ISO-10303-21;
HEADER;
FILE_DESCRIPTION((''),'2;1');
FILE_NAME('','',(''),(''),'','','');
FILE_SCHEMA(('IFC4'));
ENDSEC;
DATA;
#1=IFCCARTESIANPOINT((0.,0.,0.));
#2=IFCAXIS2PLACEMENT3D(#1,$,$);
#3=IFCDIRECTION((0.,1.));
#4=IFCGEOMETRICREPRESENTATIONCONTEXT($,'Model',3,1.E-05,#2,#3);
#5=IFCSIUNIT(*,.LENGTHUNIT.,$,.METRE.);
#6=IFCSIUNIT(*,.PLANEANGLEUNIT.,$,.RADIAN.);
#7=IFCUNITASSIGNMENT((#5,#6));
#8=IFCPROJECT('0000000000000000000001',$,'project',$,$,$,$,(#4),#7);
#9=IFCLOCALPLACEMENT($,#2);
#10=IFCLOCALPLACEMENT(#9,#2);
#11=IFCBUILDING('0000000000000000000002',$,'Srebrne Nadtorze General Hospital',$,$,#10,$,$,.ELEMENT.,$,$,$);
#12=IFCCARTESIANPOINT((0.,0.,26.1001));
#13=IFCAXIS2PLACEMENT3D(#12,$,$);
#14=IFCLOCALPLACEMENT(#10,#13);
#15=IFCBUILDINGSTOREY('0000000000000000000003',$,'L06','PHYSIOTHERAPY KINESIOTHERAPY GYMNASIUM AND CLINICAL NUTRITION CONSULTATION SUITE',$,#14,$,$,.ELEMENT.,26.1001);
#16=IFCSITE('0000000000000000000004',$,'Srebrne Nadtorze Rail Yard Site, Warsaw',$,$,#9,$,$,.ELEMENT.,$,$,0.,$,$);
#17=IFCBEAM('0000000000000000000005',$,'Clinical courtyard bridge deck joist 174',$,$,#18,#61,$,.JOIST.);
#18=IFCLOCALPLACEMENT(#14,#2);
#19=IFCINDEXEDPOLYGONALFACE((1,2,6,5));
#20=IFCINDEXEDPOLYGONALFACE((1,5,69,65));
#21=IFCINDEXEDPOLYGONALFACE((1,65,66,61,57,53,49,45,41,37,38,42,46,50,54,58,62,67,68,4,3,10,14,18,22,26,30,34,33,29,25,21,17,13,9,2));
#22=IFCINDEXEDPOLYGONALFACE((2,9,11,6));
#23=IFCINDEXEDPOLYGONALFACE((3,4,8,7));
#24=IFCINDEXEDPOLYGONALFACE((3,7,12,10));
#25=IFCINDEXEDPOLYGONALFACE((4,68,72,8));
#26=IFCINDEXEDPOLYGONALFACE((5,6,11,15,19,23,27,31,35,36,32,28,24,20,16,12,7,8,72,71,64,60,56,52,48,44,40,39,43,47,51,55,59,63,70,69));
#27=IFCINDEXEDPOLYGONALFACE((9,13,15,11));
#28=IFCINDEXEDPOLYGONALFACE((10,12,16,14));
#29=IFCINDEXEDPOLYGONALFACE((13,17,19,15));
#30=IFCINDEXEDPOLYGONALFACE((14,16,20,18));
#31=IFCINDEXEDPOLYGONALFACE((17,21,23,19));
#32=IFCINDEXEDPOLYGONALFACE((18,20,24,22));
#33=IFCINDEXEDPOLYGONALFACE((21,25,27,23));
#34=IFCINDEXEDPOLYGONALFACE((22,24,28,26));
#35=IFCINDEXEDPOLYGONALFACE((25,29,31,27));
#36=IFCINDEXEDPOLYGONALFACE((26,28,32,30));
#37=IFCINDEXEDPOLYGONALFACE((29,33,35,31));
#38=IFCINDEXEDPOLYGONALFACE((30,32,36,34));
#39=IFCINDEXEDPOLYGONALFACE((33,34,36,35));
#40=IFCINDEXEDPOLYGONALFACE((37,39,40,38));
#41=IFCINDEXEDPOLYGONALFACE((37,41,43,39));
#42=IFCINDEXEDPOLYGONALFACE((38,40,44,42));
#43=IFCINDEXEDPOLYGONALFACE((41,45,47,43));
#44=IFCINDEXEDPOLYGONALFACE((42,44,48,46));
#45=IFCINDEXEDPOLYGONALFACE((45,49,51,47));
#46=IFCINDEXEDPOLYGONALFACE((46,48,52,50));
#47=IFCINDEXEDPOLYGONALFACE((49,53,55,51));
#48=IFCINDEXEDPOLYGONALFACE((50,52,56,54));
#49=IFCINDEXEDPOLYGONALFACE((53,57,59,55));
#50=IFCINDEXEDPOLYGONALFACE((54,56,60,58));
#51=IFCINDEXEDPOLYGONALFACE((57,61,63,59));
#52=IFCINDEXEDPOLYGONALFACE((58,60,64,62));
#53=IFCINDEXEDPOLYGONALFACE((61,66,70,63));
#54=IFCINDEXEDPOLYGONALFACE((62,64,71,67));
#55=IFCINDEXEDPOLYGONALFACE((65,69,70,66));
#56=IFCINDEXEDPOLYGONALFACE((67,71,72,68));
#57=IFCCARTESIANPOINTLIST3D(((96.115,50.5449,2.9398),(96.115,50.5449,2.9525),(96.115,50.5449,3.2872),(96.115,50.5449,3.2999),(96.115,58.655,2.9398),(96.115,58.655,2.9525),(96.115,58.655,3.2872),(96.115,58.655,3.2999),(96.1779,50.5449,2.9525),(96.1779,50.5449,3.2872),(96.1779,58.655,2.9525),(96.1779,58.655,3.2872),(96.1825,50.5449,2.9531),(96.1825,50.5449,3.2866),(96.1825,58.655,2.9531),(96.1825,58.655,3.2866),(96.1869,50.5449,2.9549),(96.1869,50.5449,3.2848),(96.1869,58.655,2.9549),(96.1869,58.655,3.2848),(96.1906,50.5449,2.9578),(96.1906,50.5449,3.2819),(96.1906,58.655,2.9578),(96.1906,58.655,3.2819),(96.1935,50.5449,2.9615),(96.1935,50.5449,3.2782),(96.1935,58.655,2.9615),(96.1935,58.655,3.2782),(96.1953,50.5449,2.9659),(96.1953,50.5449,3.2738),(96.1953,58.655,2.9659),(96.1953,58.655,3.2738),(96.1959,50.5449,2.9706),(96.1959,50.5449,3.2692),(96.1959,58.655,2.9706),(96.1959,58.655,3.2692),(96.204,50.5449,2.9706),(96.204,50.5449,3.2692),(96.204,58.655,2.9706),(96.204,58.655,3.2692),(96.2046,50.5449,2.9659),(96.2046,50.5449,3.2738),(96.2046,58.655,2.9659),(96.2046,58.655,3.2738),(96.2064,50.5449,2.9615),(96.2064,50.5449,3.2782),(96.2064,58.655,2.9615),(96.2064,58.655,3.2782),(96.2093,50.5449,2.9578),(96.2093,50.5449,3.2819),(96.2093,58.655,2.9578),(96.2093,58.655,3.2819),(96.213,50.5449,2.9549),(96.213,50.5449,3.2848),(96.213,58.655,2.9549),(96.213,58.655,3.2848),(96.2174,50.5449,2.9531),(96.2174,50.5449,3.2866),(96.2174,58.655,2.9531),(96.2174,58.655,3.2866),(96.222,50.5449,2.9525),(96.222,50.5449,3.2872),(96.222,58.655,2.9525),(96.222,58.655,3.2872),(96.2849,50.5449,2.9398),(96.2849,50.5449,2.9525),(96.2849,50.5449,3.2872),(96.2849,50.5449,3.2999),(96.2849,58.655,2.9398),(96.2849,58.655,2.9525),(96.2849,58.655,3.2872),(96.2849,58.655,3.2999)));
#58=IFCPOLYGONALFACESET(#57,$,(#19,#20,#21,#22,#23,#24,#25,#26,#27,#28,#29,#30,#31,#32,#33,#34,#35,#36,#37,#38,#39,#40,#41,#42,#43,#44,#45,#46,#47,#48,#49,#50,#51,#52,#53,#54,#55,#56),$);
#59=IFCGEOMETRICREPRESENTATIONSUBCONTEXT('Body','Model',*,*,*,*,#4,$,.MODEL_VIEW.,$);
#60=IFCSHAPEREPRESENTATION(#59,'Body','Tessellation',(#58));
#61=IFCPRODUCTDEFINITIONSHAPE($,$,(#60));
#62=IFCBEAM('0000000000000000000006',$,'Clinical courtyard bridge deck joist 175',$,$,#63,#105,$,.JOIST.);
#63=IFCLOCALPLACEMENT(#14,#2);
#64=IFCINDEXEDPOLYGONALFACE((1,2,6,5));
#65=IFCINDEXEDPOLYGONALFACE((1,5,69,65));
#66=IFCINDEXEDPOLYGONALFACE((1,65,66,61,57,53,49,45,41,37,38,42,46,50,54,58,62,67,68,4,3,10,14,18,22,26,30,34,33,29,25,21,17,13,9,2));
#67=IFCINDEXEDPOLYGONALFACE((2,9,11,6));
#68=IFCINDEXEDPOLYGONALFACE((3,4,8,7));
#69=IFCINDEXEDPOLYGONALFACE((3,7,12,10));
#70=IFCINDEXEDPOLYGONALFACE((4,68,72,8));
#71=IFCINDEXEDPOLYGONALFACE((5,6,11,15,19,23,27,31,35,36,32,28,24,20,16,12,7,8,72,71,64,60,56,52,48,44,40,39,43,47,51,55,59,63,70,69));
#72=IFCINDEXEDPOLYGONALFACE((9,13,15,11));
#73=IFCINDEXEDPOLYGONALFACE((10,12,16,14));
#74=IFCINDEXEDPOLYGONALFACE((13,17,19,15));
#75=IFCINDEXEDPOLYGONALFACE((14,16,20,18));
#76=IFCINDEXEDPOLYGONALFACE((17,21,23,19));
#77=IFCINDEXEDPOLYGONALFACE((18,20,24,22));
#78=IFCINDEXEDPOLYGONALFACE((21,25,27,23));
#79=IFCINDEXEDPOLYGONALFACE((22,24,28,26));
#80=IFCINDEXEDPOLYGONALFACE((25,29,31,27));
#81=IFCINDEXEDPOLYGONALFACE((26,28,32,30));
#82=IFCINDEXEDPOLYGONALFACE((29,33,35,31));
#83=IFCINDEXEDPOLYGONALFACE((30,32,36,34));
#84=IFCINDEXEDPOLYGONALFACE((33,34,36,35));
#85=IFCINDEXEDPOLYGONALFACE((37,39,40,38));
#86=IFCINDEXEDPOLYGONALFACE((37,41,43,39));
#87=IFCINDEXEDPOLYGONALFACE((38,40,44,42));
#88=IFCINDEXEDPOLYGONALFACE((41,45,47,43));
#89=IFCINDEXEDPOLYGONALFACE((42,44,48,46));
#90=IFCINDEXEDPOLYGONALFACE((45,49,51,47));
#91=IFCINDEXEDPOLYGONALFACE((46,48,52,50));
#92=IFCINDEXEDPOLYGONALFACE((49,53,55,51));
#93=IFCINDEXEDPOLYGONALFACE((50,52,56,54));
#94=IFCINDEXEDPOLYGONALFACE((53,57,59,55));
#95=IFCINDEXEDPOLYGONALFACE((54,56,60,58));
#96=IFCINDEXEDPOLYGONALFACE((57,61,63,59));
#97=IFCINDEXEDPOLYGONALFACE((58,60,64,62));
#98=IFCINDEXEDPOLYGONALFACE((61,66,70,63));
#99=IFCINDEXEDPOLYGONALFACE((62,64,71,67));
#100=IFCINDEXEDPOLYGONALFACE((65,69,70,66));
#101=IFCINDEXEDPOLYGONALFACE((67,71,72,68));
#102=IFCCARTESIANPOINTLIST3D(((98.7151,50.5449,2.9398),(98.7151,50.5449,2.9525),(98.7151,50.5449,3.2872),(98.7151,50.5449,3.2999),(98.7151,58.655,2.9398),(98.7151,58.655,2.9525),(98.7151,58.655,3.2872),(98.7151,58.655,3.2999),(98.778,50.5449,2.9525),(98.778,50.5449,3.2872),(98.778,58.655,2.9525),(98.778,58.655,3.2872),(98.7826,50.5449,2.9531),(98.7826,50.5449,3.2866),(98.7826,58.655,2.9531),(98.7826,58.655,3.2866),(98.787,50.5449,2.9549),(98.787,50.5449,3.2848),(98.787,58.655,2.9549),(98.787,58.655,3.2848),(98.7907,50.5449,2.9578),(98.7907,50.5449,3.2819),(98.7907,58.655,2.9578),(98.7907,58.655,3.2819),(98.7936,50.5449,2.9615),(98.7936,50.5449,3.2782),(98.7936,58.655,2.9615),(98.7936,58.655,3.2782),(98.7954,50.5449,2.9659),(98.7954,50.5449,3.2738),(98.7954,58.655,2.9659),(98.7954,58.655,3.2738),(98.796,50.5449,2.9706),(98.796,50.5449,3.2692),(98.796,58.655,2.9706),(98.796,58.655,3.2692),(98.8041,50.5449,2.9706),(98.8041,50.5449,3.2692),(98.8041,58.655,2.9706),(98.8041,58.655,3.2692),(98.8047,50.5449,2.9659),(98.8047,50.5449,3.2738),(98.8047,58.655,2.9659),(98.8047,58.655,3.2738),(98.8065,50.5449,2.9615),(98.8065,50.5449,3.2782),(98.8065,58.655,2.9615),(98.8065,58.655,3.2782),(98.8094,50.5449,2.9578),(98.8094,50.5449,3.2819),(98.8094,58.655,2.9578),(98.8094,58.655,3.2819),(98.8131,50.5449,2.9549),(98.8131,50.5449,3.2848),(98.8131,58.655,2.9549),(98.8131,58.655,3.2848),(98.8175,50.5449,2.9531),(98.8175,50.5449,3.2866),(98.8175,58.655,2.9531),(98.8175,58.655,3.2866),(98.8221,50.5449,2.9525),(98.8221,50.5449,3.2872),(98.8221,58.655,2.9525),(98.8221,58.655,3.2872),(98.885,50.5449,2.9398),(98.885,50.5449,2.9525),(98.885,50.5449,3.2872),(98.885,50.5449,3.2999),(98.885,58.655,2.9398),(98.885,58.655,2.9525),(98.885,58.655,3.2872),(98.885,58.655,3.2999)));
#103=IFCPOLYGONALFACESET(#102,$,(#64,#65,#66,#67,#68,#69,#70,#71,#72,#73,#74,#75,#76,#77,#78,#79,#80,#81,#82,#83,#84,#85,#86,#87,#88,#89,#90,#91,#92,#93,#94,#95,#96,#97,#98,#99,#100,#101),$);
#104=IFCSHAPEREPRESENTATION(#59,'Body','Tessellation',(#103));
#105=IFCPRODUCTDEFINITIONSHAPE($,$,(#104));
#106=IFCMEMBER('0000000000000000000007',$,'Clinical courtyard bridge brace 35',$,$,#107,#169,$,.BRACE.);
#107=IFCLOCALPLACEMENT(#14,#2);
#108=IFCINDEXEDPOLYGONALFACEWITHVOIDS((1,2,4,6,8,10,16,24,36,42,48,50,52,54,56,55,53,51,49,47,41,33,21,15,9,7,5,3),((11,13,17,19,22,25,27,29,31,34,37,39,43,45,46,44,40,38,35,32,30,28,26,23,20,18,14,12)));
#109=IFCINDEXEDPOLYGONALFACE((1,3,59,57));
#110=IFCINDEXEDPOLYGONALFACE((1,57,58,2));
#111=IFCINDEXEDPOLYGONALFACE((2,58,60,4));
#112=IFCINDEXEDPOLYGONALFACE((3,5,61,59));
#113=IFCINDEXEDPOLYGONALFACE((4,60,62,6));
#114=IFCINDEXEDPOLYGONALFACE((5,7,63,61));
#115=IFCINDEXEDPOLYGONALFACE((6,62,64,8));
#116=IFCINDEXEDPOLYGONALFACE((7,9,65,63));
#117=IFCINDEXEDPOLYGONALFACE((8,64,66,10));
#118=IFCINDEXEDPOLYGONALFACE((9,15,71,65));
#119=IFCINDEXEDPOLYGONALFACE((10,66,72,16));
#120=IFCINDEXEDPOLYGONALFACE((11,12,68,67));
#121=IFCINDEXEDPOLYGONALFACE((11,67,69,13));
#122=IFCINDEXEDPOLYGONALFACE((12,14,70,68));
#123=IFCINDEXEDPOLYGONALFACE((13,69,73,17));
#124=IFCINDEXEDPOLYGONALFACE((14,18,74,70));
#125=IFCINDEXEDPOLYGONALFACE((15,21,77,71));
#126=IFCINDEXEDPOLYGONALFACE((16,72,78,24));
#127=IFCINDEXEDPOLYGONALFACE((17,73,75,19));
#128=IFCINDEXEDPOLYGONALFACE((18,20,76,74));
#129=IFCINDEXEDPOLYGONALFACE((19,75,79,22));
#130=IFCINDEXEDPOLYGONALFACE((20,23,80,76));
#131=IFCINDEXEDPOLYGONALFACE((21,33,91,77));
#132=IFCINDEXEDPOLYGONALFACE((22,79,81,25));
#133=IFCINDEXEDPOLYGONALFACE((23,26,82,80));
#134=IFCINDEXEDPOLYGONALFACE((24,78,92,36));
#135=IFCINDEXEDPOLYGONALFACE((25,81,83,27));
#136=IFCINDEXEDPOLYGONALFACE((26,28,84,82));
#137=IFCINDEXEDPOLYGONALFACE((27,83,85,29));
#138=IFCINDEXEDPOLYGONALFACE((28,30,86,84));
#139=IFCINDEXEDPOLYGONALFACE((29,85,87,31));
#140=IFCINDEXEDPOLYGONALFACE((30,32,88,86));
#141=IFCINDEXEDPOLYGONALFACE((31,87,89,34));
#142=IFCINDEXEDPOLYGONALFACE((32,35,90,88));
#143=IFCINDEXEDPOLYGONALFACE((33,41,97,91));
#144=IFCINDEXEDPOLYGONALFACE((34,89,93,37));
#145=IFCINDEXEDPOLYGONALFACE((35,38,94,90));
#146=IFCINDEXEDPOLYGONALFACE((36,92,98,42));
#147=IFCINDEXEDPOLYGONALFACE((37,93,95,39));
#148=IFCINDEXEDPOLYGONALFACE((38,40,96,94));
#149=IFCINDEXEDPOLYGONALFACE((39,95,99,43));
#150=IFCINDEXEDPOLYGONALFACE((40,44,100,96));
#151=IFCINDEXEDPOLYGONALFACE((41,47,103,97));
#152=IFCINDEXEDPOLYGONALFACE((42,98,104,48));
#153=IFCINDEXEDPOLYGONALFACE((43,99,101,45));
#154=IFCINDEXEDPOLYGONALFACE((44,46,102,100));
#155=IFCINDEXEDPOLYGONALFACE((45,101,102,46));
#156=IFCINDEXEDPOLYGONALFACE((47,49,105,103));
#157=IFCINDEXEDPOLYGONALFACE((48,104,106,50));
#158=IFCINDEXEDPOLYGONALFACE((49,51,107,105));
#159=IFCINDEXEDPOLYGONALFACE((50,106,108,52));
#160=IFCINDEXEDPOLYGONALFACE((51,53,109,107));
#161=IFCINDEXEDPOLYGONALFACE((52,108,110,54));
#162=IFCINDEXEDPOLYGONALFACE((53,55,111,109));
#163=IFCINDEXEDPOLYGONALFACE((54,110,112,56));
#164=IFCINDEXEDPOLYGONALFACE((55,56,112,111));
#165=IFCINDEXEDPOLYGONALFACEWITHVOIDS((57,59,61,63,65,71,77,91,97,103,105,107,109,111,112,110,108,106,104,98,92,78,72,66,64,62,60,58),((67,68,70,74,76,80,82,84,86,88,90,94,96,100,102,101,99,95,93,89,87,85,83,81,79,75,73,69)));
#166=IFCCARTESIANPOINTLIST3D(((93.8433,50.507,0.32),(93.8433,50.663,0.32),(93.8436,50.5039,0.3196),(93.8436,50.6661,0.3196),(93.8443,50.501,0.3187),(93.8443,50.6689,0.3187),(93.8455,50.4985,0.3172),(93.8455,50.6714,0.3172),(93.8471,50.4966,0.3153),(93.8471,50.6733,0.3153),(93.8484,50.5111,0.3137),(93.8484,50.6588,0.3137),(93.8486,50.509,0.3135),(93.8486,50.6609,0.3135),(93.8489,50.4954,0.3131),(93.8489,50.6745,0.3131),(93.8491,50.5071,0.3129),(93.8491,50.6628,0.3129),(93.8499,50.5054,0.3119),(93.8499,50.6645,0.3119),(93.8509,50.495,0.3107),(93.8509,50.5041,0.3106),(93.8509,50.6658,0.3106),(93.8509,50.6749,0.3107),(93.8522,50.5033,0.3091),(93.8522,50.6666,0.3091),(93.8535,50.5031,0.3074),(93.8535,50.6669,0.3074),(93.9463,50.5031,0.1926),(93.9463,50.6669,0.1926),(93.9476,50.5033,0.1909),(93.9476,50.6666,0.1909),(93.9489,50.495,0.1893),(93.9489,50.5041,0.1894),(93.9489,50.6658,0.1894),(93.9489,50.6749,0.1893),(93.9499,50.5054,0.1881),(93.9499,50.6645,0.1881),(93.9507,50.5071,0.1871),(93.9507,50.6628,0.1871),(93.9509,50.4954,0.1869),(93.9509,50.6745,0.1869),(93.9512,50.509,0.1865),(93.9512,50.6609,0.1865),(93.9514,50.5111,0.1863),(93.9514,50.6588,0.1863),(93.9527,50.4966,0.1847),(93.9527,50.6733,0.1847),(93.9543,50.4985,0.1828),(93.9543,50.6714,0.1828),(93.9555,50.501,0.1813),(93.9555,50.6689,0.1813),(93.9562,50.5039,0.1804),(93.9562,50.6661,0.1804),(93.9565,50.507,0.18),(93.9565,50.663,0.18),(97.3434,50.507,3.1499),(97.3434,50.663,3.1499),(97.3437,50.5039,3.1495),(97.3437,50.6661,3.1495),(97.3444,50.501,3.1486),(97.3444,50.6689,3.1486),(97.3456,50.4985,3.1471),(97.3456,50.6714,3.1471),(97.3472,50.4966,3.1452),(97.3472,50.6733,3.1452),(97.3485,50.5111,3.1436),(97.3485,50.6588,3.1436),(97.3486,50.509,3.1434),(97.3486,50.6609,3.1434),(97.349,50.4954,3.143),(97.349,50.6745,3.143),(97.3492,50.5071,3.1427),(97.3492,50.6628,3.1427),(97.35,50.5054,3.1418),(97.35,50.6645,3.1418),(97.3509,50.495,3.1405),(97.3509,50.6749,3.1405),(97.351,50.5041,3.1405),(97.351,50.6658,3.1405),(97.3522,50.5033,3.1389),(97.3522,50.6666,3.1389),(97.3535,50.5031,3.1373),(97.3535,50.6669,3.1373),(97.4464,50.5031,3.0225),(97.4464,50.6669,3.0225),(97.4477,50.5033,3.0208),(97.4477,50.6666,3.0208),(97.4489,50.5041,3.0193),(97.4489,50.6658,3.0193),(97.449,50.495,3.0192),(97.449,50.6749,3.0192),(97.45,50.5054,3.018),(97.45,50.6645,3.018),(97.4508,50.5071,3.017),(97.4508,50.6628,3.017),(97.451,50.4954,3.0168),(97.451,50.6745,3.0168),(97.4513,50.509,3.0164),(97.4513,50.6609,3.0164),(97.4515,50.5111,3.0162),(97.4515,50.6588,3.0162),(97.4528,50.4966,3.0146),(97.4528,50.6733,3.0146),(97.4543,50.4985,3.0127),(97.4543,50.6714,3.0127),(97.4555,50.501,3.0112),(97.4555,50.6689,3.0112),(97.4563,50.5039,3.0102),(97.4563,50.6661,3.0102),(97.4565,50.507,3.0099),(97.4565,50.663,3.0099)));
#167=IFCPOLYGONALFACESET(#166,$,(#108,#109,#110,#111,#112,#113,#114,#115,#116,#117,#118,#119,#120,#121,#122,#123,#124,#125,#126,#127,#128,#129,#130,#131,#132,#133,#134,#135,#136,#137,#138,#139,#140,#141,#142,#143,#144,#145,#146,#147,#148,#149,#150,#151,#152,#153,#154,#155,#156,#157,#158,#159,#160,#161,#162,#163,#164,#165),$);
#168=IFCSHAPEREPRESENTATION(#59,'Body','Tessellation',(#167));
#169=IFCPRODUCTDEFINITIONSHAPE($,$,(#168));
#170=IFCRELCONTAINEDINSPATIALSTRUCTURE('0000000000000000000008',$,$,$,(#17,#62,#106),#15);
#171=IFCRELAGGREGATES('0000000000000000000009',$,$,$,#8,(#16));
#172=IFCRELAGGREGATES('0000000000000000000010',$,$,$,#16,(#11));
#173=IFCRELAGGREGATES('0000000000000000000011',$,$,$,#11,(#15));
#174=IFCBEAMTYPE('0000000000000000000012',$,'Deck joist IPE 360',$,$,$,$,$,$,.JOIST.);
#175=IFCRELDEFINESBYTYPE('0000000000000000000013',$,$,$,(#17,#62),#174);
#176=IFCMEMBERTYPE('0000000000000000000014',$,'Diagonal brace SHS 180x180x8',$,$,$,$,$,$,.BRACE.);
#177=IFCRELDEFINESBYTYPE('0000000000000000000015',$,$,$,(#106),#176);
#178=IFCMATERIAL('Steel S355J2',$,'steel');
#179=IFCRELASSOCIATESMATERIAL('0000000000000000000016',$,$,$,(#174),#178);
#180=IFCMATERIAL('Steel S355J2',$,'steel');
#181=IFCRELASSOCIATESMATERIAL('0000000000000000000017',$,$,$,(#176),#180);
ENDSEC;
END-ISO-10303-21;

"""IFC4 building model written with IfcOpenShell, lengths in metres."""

from ifc_helpers import new_model, si_unit, direction, frame, origin, origin_2d, place, context, subcontext, project, spatial, hollow_rectangle, i_section, extrude, material, material_profile, profile_set, type_object, element, save


model = new_model("IFC4")

# Units and contexts
model_context = context("Model", 3, precision=1e-05, world=origin(), true_north=direction((0.0, 1.0)))
body_context = subcontext(model_context, "Body", "Model", "MODEL_VIEW")
ifc_project = project(units=[si_unit("LENGTHUNIT", "METRE"), si_unit("PLANEANGLEUNIT", "RADIAN")], contexts=[model_context])

# Site, building, storey
site_placement = place(None, origin())
site = spatial("IfcSite", under=ifc_project, at=site_placement, Name="Srebrne Nadtorze Rail Yard Site, Warsaw", CompositionType="ELEMENT", RefElevation=0.0)
building_placement = place(site_placement, origin())
building = spatial("IfcBuilding", under=site, at=building_placement, Name="Srebrne Nadtorze General Hospital", CompositionType="ELEMENT")
storey_placement = place(building_placement, frame((0.0, 0.0, 26.1001)))
storey = spatial("IfcBuildingStorey", under=building, at=storey_placement, Name="L06", Description="PHYSIOTHERAPY KINESIOTHERAPY GYMNASIUM AND CLINICAL NUTRITION CONSULTATION SUITE", CompositionType="ELEMENT", Elevation=26.1001)

# Beams
ifc_material_1 = material(Name="Steel S355J2", Category="steel")
ifc_material_profile_1 = material_profile(ifc_material_1, i_section(OverallWidth=0.1699, OverallDepth=0.3601, WebThickness=0.0081, FlangeThickness=0.0127, FilletRadius=0.0181, at=origin_2d()), Name="IPE-360")
ifc_profile_set_1 = profile_set([ifc_material_profile_1], Name="Steel S355J2")
beam_type_1 = type_object("IfcBeamType", Name="Deck joist IPE 360", PredefinedType="JOIST", material=ifc_profile_set_1)
for number, where, z_axis, x_axis, name in (
    (1, (96.2, 50.5449, 3.1199), (0.0, 1.0, 0.0), (-1.0, 0.0, 0.0), "Clinical courtyard bridge deck joist 174"),
    (2, (98.8, 50.5449, 3.1199), (0.0, 1.0, 0.0), (-1.0, 0.0, 0.0), "Clinical courtyard bridge deck joist 175"),
):
    element("IfcBeam", number, at=place(storey_placement, frame(where, z_axis=z_axis, x_axis=x_axis)), inside=storey, type_object=beam_type_1, Name=name, PredefinedType="JOIST", context=body_context, shape_type="SweptSolid", body=[
        extrude(i_section(OverallWidth=0.1699, OverallDepth=0.3601, WebThickness=0.0081, FlangeThickness=0.0127, FilletRadius=0.0181, at=origin_2d()), origin(), (0.0, 0.0, 1.0), 8.1101),
    ])

# Member
ifc_material_2 = material(Name="Steel S355J2", Category="steel")
ifc_material_profile_2 = material_profile(ifc_material_2, hollow_rectangle(XDim=0.1799, YDim=0.1799, WallThickness=0.0081, InnerFilletRadius=0.0081, OuterFilletRadius=0.012, at=origin_2d()), Name="SHS-180x180x8")
ifc_profile_set_2 = profile_set([ifc_material_profile_2], Name="Steel S355J2")
member_type_1 = type_object("IfcMemberType", Name="Diagonal brace SHS 180x180x8", PredefinedType="BRACE", material=ifc_profile_set_2)
for number, where, z_axis, x_axis, name in (
    (3, (93.8999, 50.585, 0.25), (0.777625, 0.0, 0.628728), (0.0, 1.0, 0.0), "Clinical courtyard bridge brace 35"),
):
    element("IfcMember", number, at=place(storey_placement, frame(where, z_axis=z_axis, x_axis=x_axis)), inside=storey, type_object=member_type_1, Name=name, PredefinedType="BRACE", context=body_context, shape_type="SweptSolid", body=[
        extrude(hollow_rectangle(XDim=0.1799, YDim=0.1799, WallThickness=0.0081, InnerFilletRadius=0.0081, OuterFilletRadius=0.012, at=origin_2d()), origin(), (0.0, 0.0, 1.0), 4.501),
    ])

save(model, "model.ifc")
